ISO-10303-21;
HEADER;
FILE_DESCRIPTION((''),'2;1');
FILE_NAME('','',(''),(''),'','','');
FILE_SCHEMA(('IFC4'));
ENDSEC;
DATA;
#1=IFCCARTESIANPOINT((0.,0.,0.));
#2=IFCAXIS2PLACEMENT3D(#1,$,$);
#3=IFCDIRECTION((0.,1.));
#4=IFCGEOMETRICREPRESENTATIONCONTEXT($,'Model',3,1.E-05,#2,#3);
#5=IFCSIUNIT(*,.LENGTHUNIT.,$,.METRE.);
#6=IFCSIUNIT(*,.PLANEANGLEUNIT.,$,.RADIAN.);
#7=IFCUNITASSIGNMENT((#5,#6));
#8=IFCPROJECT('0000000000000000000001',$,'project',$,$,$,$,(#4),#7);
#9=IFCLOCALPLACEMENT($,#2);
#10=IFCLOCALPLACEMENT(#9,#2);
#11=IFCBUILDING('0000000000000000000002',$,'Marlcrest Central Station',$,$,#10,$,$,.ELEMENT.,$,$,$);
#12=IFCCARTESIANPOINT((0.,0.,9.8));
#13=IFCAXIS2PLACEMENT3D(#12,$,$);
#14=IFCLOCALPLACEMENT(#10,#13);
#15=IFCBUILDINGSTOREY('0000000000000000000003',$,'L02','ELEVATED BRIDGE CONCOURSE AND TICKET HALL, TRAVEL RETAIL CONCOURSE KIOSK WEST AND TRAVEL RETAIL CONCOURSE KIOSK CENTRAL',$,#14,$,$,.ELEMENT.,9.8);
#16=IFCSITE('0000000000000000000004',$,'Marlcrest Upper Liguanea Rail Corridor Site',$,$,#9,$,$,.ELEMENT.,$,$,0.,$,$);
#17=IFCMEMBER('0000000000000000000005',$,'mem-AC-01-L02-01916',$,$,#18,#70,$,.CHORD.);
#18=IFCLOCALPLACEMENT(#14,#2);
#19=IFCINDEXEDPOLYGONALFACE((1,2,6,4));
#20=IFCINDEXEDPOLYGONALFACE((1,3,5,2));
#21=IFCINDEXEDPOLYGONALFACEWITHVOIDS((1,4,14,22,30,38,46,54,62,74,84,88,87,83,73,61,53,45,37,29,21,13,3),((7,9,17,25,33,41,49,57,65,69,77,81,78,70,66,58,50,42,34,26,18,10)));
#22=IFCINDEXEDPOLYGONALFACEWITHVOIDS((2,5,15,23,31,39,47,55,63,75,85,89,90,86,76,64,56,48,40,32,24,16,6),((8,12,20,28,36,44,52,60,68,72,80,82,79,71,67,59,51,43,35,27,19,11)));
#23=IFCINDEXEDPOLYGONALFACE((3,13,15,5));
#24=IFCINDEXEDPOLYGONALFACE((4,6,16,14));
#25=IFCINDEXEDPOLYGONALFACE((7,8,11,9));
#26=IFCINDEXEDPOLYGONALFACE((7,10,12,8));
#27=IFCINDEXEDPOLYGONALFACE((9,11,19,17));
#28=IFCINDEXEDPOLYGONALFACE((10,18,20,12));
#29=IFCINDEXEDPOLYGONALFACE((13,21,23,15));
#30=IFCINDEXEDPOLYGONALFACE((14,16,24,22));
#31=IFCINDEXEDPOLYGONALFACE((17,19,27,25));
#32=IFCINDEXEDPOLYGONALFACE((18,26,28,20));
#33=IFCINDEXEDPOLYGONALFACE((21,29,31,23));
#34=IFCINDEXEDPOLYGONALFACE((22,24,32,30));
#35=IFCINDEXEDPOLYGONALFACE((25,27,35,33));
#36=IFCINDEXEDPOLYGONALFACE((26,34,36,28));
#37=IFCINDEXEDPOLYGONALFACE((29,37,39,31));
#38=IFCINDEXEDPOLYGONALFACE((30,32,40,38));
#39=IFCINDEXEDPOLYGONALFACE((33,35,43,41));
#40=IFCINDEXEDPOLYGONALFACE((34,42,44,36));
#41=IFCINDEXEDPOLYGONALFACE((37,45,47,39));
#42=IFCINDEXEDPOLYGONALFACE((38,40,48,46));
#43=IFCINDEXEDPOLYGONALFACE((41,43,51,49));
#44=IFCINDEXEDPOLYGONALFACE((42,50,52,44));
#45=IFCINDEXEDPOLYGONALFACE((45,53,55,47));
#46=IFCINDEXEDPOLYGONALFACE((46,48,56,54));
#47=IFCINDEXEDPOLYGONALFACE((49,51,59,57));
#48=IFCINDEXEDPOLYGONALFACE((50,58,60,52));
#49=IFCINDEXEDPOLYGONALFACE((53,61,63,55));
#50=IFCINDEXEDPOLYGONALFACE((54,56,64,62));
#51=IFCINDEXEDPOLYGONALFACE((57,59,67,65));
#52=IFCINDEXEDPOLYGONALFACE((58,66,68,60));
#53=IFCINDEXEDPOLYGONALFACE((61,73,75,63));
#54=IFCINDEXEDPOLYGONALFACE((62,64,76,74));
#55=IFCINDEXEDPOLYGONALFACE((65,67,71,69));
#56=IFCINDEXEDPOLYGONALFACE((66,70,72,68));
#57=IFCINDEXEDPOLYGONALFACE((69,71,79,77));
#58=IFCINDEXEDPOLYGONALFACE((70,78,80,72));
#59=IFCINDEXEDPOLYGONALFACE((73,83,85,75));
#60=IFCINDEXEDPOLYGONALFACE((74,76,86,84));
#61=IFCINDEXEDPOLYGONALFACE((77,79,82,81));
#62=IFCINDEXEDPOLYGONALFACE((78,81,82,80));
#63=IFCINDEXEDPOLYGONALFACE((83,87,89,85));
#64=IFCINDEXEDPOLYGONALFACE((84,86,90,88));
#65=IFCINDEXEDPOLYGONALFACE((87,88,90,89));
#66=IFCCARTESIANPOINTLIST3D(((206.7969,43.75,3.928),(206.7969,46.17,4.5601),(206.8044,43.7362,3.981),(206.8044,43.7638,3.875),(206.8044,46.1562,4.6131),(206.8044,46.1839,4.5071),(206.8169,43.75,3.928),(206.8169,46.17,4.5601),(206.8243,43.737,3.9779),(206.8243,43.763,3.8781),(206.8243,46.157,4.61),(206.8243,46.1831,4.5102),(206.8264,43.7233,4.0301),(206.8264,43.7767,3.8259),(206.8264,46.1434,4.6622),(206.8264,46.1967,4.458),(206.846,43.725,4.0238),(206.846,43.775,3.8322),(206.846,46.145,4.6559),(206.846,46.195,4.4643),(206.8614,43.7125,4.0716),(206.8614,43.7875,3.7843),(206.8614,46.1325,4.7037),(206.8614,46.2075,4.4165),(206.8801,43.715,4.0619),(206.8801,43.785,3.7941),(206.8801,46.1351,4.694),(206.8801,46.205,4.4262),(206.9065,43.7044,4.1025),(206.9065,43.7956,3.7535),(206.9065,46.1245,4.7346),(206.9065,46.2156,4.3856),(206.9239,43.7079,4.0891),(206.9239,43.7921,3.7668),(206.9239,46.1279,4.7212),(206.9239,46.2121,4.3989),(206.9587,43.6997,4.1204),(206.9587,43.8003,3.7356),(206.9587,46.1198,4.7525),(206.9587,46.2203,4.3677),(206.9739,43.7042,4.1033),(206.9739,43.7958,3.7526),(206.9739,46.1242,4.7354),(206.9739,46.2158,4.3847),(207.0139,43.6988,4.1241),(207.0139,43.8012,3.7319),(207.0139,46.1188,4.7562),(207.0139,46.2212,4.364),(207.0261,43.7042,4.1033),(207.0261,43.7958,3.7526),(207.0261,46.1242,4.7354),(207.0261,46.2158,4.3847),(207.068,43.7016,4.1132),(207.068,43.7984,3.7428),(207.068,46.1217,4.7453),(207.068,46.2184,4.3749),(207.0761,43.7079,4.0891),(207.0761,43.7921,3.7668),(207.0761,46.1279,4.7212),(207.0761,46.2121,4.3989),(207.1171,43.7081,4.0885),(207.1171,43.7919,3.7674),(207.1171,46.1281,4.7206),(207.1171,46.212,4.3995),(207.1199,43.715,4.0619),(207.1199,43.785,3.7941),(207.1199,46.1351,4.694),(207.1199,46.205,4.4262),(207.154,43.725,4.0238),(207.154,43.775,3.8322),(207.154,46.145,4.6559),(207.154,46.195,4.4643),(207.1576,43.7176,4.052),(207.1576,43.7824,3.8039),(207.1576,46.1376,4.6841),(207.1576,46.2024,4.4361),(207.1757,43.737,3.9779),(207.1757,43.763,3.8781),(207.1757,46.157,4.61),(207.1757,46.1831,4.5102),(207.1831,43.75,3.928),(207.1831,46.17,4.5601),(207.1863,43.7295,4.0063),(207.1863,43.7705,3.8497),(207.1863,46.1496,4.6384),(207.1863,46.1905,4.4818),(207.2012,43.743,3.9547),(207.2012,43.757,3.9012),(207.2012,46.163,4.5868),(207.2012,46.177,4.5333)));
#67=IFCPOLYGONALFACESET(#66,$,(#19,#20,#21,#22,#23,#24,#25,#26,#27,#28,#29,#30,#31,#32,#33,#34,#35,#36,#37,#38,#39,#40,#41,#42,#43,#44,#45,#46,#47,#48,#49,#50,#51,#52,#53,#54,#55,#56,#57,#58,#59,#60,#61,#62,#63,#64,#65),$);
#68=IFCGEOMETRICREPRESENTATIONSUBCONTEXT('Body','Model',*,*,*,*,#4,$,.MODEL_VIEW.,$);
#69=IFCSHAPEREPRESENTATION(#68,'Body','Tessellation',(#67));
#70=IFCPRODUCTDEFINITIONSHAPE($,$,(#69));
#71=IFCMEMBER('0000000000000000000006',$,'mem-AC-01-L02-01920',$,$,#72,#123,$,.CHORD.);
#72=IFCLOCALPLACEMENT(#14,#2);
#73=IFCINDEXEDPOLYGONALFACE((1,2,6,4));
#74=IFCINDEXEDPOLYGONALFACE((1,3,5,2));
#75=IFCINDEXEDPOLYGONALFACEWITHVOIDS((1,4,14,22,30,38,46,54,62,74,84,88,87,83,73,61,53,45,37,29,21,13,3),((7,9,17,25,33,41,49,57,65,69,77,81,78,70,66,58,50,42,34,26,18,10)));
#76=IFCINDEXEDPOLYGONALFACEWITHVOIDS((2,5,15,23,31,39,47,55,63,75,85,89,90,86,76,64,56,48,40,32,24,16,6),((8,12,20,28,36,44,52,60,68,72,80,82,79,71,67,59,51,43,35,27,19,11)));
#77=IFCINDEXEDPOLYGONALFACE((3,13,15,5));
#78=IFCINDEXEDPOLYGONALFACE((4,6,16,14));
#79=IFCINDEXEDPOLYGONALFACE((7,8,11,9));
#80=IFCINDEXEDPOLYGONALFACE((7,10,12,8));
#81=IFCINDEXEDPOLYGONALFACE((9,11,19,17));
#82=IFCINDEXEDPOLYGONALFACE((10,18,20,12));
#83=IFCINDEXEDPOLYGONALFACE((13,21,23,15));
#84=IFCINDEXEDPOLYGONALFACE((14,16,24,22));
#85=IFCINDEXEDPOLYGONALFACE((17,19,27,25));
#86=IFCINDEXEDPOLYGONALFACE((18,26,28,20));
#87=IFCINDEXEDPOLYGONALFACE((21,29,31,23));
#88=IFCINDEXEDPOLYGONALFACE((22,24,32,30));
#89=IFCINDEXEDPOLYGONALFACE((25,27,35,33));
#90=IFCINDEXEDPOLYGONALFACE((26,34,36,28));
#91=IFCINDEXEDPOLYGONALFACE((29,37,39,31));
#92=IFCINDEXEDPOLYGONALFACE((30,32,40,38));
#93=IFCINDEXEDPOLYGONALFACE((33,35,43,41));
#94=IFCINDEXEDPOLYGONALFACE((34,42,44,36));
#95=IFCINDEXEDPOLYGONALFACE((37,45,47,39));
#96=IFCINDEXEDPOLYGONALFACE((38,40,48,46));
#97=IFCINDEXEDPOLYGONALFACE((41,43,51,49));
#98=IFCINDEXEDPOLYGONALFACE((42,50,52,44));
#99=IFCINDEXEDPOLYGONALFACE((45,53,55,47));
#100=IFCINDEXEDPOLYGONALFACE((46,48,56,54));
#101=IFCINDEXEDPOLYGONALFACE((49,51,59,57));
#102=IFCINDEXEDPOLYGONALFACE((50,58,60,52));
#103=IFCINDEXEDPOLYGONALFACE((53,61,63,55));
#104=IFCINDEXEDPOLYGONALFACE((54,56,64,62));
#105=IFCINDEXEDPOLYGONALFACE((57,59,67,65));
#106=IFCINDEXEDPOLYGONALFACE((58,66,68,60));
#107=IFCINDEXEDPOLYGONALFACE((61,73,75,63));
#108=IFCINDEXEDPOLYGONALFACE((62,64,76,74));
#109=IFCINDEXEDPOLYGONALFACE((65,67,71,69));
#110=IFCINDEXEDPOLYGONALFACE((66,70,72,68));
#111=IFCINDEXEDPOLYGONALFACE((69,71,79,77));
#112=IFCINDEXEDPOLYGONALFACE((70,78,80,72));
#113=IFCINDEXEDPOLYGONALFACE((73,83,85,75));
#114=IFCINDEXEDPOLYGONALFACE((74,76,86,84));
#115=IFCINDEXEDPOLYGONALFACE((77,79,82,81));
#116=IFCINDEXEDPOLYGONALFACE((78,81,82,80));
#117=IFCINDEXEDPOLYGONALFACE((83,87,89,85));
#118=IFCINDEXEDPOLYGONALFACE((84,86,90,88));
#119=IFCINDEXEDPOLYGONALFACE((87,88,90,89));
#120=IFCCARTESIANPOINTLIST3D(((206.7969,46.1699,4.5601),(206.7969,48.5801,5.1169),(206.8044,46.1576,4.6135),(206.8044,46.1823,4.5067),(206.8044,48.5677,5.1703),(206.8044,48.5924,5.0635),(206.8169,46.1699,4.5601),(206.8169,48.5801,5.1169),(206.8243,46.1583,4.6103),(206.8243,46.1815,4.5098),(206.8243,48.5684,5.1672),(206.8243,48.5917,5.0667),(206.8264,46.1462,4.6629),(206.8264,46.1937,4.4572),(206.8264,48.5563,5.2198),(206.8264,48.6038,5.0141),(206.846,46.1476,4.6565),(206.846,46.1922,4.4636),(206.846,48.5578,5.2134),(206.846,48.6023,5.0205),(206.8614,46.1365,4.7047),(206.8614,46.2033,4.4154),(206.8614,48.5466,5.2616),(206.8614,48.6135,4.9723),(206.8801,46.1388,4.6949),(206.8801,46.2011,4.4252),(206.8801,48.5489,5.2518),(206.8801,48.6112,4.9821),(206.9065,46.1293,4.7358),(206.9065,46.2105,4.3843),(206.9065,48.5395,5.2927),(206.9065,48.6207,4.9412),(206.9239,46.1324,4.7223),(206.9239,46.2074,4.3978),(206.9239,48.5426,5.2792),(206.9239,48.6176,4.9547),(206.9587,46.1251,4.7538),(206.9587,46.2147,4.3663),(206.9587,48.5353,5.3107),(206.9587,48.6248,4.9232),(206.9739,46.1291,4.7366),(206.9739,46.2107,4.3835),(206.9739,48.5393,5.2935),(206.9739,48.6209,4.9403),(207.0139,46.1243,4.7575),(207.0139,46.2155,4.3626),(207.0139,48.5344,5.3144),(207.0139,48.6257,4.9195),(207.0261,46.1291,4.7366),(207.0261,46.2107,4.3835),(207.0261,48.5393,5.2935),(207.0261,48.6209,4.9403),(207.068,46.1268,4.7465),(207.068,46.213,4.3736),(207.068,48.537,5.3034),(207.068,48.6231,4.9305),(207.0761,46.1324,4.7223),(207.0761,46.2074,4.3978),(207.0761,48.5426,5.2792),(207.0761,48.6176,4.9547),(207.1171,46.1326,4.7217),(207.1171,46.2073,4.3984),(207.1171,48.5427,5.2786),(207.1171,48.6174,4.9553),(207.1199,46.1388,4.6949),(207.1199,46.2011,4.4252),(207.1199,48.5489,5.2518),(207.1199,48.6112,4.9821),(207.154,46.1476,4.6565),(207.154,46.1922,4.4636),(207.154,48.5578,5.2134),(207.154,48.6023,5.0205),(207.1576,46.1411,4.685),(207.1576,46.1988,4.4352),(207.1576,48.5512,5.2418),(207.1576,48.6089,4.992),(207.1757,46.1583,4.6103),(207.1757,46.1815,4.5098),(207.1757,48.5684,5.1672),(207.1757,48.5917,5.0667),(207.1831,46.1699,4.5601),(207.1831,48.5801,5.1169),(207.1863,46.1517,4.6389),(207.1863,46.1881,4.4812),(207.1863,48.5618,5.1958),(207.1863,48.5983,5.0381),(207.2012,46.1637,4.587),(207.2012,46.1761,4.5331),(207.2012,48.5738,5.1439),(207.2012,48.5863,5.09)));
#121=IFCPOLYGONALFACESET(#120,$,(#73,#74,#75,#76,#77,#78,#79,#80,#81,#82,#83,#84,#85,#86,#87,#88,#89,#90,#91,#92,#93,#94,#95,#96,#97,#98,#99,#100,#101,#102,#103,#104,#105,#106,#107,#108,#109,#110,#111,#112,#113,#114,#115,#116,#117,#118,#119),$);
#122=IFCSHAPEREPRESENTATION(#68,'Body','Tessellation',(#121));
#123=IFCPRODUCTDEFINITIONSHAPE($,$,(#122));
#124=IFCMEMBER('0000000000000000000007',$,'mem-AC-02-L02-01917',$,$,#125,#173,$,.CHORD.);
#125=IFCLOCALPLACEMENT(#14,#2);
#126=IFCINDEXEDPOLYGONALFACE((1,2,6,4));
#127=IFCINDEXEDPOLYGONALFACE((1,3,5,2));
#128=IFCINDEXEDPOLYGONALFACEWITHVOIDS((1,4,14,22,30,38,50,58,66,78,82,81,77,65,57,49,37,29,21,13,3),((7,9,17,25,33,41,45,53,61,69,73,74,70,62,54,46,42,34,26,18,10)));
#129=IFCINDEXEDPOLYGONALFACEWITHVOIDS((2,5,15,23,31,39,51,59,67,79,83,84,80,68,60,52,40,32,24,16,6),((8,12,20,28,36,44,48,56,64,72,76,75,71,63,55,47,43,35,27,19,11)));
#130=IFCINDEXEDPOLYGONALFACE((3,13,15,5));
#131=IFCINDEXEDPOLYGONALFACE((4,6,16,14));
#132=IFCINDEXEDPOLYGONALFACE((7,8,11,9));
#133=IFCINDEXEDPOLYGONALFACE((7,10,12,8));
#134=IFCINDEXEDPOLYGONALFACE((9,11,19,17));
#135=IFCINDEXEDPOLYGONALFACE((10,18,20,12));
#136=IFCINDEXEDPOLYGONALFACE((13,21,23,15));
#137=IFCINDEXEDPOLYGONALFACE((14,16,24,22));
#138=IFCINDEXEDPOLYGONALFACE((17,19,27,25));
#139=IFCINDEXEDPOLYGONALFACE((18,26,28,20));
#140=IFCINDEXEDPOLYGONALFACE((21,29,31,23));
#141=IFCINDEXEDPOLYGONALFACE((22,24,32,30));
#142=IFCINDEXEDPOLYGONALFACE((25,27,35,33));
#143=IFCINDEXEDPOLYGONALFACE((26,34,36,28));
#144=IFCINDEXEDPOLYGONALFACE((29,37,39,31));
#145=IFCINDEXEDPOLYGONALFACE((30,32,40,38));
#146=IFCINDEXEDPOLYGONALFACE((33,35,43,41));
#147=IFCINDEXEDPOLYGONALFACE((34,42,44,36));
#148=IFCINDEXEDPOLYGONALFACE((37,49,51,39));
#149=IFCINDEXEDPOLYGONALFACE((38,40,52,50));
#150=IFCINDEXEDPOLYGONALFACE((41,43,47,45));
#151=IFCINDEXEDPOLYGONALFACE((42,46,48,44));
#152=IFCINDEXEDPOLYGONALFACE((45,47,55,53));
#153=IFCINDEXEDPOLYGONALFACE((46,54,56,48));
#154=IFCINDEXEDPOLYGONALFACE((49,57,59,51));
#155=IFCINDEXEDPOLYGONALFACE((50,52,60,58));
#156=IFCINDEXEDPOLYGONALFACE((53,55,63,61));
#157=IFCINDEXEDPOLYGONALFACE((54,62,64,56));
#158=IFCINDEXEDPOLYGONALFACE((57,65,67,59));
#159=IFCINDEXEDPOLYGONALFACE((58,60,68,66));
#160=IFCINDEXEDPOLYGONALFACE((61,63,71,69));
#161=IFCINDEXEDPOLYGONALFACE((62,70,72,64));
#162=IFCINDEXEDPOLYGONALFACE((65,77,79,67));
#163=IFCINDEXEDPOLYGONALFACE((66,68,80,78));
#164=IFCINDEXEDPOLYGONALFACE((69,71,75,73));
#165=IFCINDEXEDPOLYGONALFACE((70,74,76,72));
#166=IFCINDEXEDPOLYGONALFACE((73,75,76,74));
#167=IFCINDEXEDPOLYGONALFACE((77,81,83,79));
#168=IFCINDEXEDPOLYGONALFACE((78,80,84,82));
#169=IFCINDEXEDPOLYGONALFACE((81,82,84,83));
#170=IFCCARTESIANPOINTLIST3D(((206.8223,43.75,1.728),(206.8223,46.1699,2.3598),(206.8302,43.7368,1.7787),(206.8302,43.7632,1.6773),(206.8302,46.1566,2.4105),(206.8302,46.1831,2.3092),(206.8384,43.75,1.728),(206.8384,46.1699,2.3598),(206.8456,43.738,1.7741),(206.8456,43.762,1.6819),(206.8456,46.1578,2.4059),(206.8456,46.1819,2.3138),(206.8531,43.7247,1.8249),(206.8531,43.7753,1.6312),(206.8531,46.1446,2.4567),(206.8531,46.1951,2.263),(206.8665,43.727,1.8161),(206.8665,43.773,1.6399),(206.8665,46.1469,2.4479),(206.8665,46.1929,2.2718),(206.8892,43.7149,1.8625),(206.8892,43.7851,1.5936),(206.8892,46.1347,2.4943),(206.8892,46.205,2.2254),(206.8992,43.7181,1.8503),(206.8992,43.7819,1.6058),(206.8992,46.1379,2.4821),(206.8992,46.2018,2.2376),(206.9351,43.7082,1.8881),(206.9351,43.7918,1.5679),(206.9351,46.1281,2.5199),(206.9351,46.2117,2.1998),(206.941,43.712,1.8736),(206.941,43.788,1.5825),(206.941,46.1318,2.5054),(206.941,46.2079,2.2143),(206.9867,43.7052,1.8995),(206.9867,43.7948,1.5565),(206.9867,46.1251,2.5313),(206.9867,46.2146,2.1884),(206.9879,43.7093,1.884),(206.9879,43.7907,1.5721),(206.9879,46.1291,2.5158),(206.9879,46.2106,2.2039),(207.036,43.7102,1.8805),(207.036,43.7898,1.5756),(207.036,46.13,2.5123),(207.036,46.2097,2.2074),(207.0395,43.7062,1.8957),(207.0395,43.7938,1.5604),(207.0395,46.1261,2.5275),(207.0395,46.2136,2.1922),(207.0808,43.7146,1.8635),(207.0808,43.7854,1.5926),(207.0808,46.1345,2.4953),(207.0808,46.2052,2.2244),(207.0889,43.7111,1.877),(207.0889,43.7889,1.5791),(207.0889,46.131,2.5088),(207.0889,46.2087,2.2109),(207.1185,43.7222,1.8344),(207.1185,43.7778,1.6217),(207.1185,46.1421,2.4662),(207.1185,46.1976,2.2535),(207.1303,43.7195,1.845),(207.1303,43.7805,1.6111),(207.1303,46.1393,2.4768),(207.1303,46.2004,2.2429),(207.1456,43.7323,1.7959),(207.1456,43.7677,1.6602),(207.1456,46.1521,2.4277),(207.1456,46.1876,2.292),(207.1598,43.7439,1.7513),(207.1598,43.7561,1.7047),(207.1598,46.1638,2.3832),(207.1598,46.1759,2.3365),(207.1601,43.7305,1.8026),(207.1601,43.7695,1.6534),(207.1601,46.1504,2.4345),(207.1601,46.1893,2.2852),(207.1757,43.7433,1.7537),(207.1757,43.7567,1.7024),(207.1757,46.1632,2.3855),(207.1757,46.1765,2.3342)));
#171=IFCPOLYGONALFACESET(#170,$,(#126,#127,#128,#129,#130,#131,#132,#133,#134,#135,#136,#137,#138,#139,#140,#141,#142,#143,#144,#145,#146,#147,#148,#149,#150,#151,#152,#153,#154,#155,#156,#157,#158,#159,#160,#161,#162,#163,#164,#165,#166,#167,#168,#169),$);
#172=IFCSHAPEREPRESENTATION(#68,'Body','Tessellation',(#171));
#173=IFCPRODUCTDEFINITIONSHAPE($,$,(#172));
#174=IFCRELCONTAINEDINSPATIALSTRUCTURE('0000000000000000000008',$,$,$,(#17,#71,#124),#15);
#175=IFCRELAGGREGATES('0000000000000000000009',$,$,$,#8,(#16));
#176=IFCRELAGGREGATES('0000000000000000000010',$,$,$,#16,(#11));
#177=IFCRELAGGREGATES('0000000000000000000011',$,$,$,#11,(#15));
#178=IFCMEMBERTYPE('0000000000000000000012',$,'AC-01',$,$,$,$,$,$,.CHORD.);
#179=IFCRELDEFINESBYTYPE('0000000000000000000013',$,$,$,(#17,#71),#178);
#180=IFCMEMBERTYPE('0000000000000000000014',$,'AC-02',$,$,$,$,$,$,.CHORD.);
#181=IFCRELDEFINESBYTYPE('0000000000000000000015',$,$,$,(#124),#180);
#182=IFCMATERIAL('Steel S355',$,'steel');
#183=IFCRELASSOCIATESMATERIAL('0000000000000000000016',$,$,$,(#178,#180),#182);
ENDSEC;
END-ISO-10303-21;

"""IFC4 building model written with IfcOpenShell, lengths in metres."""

from ifc_helpers import new_model, si_unit, direction, frame, origin, origin_2d, place, context, subcontext, project, spatial, hollow_circle, extrude, material, material_profile, profile_set, type_object, element, save


model = new_model("IFC4")

# Units and contexts
model_context = context("Model", 3, precision=1e-05, world=origin(), true_north=direction((0.0, 1.0)))
body_context = subcontext(model_context, "Body", "Model", "MODEL_VIEW")
ifc_project = project(units=[si_unit("LENGTHUNIT", "METRE"), si_unit("PLANEANGLEUNIT", "RADIAN")], contexts=[model_context])

# Site, building, storey
site_placement = place(None, origin())
site = spatial("IfcSite", under=ifc_project, at=site_placement, Name="Marlcrest Upper Liguanea Rail Corridor Site", CompositionType="ELEMENT", RefElevation=0.0)
building_placement = place(site_placement, origin())
building = spatial("IfcBuilding", under=site, at=building_placement, Name="Marlcrest Central Station", CompositionType="ELEMENT")
storey_placement = place(building_placement, frame((0.0, 0.0, 9.8)))
storey = spatial("IfcBuildingStorey", under=building, at=storey_placement, Name="L02", Description="ELEVATED BRIDGE CONCOURSE AND TICKET HALL, TRAVEL RETAIL CONCOURSE KIOSK WEST AND TRAVEL RETAIL CONCOURSE KIOSK CENTRAL", CompositionType="ELEMENT", Elevation=9.8)

# Members
ifc_material_1 = material(Name="Steel S355", Category="steel")
ifc_material_profile_1 = material_profile(ifc_material_1, hollow_circle(Radius=0.2031, WallThickness=0.02, at=origin_2d()), Name="CHS 406.4x20")
ifc_profile_set_1 = profile_set([ifc_material_profile_1], Name="Steel S355")
member_type_1 = type_object("IfcMemberType", Name="AC-01", PredefinedType="CHORD", material=ifc_profile_set_1)
member_1_placement = place(storey_placement, frame((207.0, 43.75, 3.928), z_axis=(0.0, 0.967539, 0.25272), x_axis=(-1.0, 0.0, 0.0)))
element("IfcMember", 1, at=member_1_placement, inside=storey, type_object=member_type_1, Name="mem-AC-01-L02-01916", PredefinedType="CHORD", context=body_context, shape_type="SweptSolid", body=[
    extrude(hollow_circle(Radius=0.2031, WallThickness=0.02, at=origin_2d()), origin(), (0.0, 0.0, 1.0), 2.5012),
])
member_2_placement = place(storey_placement, frame((207.0, 46.1699, 4.5601), z_axis=(0.0, 0.97433, 0.225126), x_axis=(-1.0, 0.0, 0.0)))
element("IfcMember", 2, at=member_2_placement, inside=storey, type_object=member_type_1, Name="mem-AC-01-L02-01920", PredefinedType="CHORD", context=body_context, shape_type="SweptSolid", body=[
    extrude(hollow_circle(Radius=0.2031, WallThickness=0.02, at=origin_2d()), origin(), (0.0, 0.0, 1.0), 2.4736),
])
ifc_material_profile_2 = material_profile(ifc_material_1, hollow_circle(Radius=0.1777, WallThickness=0.0161, at=origin_2d()), Name="CHS 355.6x16")
ifc_profile_set_2 = profile_set([ifc_material_profile_2], Name="Steel S355")
member_type_2 = type_object("IfcMemberType", Name="AC-02", PredefinedType="CHORD", material=ifc_profile_set_2)
member_3_placement = place(storey_placement, frame((207.0, 43.75, 1.728), z_axis=(0.0, 0.967563, 0.252629), x_axis=(-1.0, 0.0, 0.0)))
element("IfcMember", 3, at=member_3_placement, inside=storey, type_object=member_type_2, Name="mem-AC-02-L02-01917", PredefinedType="CHORD", context=body_context, shape_type="SweptSolid", body=[
    extrude(hollow_circle(Radius=0.1777, WallThickness=0.0161, at=origin_2d()), origin(), (0.0, 0.0, 1.0), 2.501),
])

save(model, "model.ifc")
